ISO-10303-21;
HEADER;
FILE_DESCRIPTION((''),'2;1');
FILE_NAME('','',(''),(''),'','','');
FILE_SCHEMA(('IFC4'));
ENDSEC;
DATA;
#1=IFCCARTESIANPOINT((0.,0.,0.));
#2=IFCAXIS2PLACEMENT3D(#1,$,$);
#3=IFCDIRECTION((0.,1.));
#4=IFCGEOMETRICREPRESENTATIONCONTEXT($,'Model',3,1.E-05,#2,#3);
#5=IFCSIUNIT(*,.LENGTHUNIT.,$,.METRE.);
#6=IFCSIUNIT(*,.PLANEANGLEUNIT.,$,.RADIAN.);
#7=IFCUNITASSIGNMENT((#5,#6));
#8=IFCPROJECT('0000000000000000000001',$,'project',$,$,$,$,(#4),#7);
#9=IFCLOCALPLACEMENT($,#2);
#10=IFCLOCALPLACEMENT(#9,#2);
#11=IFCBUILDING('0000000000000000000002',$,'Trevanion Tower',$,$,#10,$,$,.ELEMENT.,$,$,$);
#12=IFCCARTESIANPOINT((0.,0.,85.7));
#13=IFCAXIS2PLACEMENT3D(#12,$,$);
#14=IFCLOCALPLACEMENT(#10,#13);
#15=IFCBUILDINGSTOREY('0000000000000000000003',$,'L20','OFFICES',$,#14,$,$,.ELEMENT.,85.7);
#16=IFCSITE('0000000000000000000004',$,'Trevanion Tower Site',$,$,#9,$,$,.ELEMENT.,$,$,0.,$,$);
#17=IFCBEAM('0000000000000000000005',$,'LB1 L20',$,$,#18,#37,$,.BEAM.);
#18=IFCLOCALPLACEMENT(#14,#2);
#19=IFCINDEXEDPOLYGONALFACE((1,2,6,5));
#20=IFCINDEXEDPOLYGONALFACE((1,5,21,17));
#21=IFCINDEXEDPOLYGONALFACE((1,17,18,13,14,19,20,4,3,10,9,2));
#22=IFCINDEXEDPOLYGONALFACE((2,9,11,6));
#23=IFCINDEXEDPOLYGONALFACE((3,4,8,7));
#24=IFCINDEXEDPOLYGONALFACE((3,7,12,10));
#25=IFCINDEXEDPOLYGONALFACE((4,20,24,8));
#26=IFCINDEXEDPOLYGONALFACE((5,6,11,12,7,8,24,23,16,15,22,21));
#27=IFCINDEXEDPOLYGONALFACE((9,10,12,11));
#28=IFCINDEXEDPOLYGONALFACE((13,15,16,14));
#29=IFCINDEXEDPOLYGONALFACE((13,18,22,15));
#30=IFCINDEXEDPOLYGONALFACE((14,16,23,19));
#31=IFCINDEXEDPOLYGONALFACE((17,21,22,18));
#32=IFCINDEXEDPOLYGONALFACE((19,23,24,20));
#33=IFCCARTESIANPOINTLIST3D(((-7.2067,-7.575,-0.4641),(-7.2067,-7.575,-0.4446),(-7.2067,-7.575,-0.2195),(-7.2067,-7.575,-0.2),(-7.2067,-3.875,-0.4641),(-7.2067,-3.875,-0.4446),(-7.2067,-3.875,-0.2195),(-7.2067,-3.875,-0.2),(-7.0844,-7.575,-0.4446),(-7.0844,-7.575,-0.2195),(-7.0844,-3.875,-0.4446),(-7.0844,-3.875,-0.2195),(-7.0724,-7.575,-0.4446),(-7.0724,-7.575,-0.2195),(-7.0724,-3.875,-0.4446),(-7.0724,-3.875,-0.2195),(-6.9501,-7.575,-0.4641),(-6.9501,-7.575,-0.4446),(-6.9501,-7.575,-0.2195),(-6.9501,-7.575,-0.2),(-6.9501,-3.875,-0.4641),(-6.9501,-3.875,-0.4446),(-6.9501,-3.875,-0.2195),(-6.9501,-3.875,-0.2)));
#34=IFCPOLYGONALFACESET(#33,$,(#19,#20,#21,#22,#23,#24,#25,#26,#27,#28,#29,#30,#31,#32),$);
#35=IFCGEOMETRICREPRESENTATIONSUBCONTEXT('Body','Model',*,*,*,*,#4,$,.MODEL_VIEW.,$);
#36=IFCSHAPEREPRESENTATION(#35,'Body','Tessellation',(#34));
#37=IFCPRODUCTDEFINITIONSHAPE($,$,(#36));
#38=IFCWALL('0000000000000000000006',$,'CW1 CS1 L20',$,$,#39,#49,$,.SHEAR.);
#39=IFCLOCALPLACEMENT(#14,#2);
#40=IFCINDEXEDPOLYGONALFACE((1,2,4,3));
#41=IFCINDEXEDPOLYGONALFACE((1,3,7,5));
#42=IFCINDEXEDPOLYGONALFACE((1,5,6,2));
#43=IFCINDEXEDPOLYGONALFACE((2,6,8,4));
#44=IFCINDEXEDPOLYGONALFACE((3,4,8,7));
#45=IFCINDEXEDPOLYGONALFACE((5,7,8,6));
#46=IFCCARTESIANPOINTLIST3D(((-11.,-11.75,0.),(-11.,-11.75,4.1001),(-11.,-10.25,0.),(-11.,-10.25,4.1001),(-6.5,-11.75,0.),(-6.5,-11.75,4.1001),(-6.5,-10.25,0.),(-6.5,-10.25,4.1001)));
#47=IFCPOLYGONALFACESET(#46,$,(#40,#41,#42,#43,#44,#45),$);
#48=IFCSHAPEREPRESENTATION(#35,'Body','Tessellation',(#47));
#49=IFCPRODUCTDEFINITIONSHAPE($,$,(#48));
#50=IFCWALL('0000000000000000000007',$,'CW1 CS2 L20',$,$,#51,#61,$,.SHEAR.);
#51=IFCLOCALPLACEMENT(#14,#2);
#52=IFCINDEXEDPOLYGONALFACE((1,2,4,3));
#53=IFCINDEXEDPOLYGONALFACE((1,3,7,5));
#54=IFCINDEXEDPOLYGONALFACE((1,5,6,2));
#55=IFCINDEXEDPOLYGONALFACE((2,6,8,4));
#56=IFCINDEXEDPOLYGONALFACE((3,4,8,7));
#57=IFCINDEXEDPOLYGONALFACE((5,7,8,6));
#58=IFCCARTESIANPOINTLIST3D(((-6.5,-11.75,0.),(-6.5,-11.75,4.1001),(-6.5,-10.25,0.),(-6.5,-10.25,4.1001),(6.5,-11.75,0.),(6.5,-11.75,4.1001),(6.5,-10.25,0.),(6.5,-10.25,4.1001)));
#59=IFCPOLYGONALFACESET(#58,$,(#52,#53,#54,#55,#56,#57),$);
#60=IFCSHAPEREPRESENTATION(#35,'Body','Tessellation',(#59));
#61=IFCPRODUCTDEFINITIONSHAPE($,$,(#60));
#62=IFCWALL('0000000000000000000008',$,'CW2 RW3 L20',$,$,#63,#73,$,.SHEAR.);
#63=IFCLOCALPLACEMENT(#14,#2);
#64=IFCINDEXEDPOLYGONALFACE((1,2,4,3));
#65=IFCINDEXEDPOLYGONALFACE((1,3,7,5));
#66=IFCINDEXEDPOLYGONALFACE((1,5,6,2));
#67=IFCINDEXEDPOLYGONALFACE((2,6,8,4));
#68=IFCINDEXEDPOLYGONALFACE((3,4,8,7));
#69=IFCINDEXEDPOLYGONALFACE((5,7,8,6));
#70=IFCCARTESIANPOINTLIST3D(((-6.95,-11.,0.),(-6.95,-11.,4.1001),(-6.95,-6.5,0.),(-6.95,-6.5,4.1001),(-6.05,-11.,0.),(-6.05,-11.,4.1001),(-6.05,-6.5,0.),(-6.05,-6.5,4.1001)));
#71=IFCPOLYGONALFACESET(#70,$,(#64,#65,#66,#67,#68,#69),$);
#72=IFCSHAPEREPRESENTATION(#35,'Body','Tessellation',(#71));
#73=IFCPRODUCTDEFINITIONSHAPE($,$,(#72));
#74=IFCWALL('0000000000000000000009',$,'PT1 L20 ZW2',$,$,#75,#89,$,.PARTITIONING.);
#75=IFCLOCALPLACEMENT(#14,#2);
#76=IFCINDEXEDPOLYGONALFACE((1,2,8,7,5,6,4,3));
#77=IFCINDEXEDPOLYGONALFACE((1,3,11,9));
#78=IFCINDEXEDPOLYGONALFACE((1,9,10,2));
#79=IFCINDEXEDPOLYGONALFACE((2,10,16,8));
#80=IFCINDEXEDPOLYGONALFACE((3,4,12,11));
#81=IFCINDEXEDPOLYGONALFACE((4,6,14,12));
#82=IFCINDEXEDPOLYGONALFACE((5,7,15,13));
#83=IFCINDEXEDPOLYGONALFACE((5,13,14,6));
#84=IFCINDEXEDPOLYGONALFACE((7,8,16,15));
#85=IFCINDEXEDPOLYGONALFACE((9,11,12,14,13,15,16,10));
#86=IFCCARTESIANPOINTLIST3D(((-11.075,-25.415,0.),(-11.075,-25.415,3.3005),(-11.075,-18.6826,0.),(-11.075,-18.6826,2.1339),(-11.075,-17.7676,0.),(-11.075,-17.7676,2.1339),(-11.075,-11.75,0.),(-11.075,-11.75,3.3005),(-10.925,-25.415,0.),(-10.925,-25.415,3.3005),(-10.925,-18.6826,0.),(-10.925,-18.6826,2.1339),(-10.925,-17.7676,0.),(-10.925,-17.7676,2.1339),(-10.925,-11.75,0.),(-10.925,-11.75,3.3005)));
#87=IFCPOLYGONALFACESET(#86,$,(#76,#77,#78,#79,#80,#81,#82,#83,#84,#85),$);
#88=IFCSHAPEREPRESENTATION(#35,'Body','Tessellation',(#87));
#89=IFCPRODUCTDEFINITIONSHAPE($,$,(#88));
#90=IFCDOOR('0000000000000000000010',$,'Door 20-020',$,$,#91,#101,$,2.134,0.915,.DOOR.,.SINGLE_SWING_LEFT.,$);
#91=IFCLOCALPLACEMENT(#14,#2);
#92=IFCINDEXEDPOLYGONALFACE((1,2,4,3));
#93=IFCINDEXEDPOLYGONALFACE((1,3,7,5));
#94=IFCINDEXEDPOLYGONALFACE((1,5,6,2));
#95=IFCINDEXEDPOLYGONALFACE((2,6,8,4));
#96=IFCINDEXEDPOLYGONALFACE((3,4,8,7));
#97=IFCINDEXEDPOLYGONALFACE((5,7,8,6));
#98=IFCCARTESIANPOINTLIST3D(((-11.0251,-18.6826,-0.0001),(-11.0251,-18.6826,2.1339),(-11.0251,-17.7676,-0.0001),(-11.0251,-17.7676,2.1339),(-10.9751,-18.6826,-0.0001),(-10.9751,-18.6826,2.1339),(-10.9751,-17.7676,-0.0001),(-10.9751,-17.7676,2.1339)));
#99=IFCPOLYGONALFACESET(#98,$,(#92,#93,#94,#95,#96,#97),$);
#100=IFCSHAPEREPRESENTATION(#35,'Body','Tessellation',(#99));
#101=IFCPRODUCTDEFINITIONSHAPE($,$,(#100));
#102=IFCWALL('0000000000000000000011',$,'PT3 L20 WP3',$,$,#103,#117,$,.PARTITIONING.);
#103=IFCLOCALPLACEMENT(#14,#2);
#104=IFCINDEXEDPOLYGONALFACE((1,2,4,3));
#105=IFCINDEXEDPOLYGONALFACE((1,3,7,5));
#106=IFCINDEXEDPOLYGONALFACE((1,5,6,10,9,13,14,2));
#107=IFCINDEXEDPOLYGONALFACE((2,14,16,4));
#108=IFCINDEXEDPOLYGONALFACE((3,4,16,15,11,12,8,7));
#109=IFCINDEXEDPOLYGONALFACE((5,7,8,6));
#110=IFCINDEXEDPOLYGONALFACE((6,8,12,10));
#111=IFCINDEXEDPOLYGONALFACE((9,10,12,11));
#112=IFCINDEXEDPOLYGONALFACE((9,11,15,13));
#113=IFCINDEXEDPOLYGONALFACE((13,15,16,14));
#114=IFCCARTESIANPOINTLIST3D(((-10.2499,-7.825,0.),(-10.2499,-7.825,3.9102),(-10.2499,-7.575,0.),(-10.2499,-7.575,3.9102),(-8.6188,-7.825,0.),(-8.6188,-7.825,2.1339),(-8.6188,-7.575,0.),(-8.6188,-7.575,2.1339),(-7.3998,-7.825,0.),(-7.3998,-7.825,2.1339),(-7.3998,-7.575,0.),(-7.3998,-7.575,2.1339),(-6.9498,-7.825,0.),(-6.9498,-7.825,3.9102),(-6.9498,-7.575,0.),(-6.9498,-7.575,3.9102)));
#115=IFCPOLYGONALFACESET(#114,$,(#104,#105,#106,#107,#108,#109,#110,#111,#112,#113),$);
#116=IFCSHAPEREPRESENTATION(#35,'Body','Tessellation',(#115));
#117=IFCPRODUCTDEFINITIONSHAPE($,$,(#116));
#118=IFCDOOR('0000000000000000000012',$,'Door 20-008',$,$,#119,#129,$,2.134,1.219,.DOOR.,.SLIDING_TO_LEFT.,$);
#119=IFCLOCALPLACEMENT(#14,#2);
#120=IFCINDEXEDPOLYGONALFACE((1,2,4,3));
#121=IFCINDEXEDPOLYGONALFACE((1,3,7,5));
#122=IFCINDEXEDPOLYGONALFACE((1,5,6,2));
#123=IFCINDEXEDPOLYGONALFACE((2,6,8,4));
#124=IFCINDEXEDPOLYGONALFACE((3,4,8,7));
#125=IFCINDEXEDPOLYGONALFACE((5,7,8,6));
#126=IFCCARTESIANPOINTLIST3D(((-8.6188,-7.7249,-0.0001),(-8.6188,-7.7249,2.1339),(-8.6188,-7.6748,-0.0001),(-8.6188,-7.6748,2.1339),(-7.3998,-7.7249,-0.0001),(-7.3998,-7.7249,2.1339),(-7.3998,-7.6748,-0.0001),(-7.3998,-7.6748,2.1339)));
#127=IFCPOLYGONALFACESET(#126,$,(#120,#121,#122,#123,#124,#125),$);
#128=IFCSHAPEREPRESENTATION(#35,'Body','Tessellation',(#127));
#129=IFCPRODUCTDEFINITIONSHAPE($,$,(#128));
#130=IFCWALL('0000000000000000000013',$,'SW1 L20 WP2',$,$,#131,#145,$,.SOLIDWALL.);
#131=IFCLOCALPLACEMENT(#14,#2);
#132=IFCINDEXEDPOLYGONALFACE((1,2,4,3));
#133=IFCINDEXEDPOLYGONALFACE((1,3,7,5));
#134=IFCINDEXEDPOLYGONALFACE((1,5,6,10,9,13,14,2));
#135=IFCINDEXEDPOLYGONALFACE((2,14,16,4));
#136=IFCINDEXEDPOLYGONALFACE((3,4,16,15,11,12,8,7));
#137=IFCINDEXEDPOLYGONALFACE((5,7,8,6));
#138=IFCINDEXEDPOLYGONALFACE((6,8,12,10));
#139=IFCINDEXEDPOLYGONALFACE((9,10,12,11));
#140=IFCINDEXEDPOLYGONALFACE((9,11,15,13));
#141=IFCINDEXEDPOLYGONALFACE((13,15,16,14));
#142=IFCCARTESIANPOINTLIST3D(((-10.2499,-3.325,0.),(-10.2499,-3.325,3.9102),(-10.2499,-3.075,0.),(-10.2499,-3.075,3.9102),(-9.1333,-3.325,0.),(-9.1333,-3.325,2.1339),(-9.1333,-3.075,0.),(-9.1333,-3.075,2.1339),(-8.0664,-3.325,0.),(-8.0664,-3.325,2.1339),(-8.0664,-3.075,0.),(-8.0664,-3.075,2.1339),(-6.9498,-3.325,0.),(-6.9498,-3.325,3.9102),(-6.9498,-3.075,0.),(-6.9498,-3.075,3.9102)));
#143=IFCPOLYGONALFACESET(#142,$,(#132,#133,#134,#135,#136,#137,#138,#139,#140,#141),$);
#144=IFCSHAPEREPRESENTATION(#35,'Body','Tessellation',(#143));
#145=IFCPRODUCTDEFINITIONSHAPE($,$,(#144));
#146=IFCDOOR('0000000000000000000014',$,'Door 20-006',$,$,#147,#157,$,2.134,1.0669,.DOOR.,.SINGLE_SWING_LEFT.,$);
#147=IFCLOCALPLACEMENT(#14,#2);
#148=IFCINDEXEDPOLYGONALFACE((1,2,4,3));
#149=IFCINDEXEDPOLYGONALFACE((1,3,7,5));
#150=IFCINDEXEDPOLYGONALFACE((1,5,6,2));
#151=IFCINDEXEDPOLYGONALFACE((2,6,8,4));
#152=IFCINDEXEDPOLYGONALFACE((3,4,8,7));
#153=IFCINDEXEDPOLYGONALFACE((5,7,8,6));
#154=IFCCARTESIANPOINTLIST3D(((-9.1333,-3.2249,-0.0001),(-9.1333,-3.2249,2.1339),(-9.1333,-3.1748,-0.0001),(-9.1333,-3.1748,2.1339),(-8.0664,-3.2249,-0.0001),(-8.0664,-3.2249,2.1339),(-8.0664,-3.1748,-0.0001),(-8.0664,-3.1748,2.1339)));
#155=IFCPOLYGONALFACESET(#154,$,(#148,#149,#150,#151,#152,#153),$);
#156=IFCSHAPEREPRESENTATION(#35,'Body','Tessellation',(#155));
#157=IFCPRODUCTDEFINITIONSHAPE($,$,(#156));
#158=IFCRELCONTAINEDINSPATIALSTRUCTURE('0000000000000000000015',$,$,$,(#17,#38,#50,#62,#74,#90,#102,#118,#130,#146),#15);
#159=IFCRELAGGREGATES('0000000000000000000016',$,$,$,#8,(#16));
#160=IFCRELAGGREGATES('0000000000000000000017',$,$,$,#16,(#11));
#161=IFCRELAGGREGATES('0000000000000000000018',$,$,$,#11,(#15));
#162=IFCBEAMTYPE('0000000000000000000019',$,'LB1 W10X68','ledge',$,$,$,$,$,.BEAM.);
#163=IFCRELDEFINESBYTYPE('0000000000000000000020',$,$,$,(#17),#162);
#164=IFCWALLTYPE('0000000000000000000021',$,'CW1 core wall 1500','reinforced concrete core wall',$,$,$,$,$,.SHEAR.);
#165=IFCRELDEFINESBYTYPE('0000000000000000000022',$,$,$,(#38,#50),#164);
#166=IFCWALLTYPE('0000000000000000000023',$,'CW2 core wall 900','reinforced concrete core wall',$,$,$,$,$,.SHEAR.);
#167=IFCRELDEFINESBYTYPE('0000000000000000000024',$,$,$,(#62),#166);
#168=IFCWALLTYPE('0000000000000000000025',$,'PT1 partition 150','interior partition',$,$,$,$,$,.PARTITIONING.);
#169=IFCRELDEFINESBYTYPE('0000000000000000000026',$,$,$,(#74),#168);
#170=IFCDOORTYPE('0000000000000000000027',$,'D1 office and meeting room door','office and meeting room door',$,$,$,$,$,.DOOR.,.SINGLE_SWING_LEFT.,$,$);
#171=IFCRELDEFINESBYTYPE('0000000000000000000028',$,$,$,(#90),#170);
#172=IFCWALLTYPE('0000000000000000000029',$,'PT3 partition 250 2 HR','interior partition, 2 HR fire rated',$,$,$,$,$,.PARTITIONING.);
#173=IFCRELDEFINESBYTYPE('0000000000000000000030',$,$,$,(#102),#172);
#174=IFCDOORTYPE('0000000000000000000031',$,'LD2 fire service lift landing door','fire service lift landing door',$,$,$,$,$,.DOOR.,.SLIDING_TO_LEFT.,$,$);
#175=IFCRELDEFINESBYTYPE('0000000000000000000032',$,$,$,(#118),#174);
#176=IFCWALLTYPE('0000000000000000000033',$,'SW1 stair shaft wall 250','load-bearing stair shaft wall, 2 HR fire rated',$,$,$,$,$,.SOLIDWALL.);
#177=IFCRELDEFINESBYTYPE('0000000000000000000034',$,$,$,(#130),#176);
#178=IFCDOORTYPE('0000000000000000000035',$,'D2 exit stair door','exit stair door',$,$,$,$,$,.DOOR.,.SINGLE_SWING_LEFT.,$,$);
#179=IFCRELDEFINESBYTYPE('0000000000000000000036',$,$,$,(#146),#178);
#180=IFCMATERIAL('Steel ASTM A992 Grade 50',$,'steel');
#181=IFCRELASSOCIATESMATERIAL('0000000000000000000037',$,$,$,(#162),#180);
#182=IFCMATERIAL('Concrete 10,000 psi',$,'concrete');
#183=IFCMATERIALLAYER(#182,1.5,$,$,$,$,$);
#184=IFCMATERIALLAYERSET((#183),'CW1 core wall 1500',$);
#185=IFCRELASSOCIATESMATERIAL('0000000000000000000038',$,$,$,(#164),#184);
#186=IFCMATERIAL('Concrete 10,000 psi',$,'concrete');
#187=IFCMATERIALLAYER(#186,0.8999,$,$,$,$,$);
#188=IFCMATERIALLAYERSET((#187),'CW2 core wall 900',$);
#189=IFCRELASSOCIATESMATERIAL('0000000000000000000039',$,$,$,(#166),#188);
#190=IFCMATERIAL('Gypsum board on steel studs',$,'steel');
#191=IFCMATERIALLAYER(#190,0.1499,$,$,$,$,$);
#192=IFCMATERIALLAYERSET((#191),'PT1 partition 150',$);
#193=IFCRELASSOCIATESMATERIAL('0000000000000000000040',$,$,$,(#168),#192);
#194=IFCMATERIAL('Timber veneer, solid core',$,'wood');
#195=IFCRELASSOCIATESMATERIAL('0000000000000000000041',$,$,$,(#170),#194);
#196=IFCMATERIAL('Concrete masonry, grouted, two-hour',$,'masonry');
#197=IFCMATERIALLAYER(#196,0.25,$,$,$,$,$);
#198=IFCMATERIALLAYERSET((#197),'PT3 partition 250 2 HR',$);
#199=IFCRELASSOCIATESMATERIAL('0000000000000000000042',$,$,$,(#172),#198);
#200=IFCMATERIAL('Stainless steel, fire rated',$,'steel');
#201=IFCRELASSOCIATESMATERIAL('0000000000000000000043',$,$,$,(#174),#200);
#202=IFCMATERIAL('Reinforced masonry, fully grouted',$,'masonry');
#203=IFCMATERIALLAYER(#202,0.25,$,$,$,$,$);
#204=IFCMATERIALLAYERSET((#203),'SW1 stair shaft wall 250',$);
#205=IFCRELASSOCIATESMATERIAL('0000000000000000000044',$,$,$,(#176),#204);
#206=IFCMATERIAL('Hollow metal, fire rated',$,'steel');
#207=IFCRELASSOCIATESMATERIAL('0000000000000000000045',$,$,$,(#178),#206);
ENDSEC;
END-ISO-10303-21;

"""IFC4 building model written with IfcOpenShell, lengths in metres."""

from ifc_helpers import new_model, si_unit, direction, frame, frame_2d, origin, origin_2d, place, context, subcontext, project, spatial, rectangle, i_section, extrude, material, layer, layer_set, material_profile, profile_set, type_object, element, fill, save


model = new_model("IFC4")

# Units and contexts
model_context = context("Model", 3, precision=1e-05, world=origin(), true_north=direction((0.0, 1.0)))
body_context = subcontext(model_context, "Body", "Model", "MODEL_VIEW")
ifc_project = project(units=[si_unit("LENGTHUNIT", "METRE"), si_unit("PLANEANGLEUNIT", "RADIAN")], contexts=[model_context])

# Site, building, storey
site_placement = place(None, origin())
site = spatial("IfcSite", under=ifc_project, at=site_placement, Name="Trevanion Tower Site", CompositionType="ELEMENT", RefElevation=0.0)
building_placement = place(site_placement, origin())
building = spatial("IfcBuilding", under=site, at=building_placement, Name="Trevanion Tower", CompositionType="ELEMENT")
storey_placement = place(building_placement, frame((0.0, 0.0, 85.7)))
storey = spatial("IfcBuildingStorey", under=building, at=storey_placement, Name="L20", Description="OFFICES", CompositionType="ELEMENT", Elevation=85.7)

# Beam
ifc_material_1 = material(Name="Steel ASTM A992 Grade 50", Category="steel")
ifc_material_profile_1 = material_profile(ifc_material_1, i_section(OverallWidth=0.2566, OverallDepth=0.2642, WebThickness=0.012, FlangeThickness=0.0195, at=origin_2d()), Name="W10X68")
ifc_profile_set_1 = profile_set([ifc_material_profile_1], Name="Steel ASTM A992 Grade 50")
beam_type_1 = type_object("IfcBeamType", Name="LB1 W10X68", Description="ledge", PredefinedType="BEAM", material=ifc_profile_set_1)
for number, where, z_axis, x_axis, name in (
    (1, (-7.0784, -7.575, -0.332), (0.0, 1.0, 0.0), (-1.0, 0.0, 0.0), "LB1 L20"),
):
    element("IfcBeam", number, at=place(storey_placement, frame(where, z_axis=z_axis, x_axis=x_axis)), inside=storey, type_object=beam_type_1, Name=name, PredefinedType="BEAM", context=body_context, shape_type="SweptSolid", body=[
        extrude(i_section(OverallWidth=0.2566, OverallDepth=0.2642, WebThickness=0.012, FlangeThickness=0.0195, at=origin_2d()), origin(), (0.0, 0.0, 1.0), 3.7),
    ])

# Walls
ifc_material_2 = material(Name="Concrete 10,000 psi", Category="concrete")
ifc_layer_1 = layer(ifc_material_2, 1.5)
ifc_layer_set_1 = layer_set([ifc_layer_1], Name="CW1 core wall 1500")
wall_type_1 = type_object("IfcWallType", Name="CW1 core wall 1500", Description="reinforced concrete core wall", PredefinedType="SHEAR", material=ifc_layer_set_1)
wall_1_placement = place(storey_placement, frame((-11.0, -11.0, 0.0), z_axis=(0.0, 0.0, 1.0), x_axis=(1.0, 0.0, 0.0)))
element("IfcWall", 2, at=wall_1_placement, inside=storey, type_object=wall_type_1, Name="CW1 CS1 L20", PredefinedType="SHEAR", context=body_context, shape_type="SweptSolid", body=[
    extrude(rectangle(XDim=4.5, YDim=1.5, at=frame_2d((2.25, 0.0))), origin(), (0.0, 0.0, 1.0), 4.1001),
])
wall_2_placement = place(storey_placement, frame((-6.5, -11.0, 0.0), z_axis=(0.0, 0.0, 1.0), x_axis=(1.0, 0.0, 0.0)))
element("IfcWall", 3, at=wall_2_placement, inside=storey, type_object=wall_type_1, Name="CW1 CS2 L20", PredefinedType="SHEAR", context=body_context, shape_type="SweptSolid", body=[
    extrude(rectangle(XDim=13.0, YDim=1.5, at=frame_2d((6.5, 0.0))), origin(), (0.0, 0.0, 1.0), 4.1001),
])
ifc_material_3 = material(Name="Concrete 10,000 psi", Category="concrete")
ifc_layer_2 = layer(ifc_material_3, 0.8999)
ifc_layer_set_2 = layer_set([ifc_layer_2], Name="CW2 core wall 900")
wall_type_2 = type_object("IfcWallType", Name="CW2 core wall 900", Description="reinforced concrete core wall", PredefinedType="SHEAR", material=ifc_layer_set_2)
wall_3_placement = place(storey_placement, frame((-6.5, -6.5, 0.0), z_axis=(0.0, 0.0, 1.0), x_axis=(0.0, -1.0, 0.0)))
element("IfcWall", 4, at=wall_3_placement, inside=storey, type_object=wall_type_2, Name="CW2 RW3 L20", PredefinedType="SHEAR", context=body_context, shape_type="SweptSolid", body=[
    extrude(rectangle(XDim=4.5, YDim=0.8999, at=frame_2d((2.25, 0.0))), origin(), (0.0, 0.0, 1.0), 4.1001),
])

# Walls, openings, doors
ifc_material_4 = material(Name="Gypsum board on steel studs", Category="steel")
ifc_layer_3 = layer(ifc_material_4, 0.1499)
ifc_layer_set_3 = layer_set([ifc_layer_3], Name="PT1 partition 150")
wall_type_3 = type_object("IfcWallType", Name="PT1 partition 150", Description="interior partition", PredefinedType="PARTITIONING", material=ifc_layer_set_3)
wall_4_placement = place(storey_placement, frame((-11.0, -11.75, 0.0), z_axis=(0.0, 0.0, 1.0), x_axis=(0.0, -1.0, 0.0)))
wall_4 = element("IfcWall", 5, at=wall_4_placement, inside=storey, type_object=wall_type_3, Name="PT1 L20 ZW2", PredefinedType="PARTITIONING", context=body_context, shape_type="SweptSolid", body=[
    extrude(rectangle(XDim=13.665, YDim=0.1499, at=frame_2d((6.8325, 0.0))), origin(), (0.0, 0.0, 1.0), 3.3005),
])
opening_1_placement = place(wall_4_placement, frame((6.0176, 0.0, 0.0)))
opening_1 = element("IfcOpeningElement", 6, at=opening_1_placement, cuts=wall_4, PredefinedType="OPENING", context=body_context, shape_type="SweptSolid", body=[
    extrude(rectangle(XDim=0.915, YDim=2.134, at=frame_2d((0.4575, 1.0669))), frame((0.0, 0.085, 0.0), z_axis=(0.0, -1.0, 0.0), x_axis=(1.0, 0.0, 0.0)), (0.0, 0.0, 1.0), 0.1699),
])
ifc_material_5 = material(Name="Timber veneer, solid core", Category="wood")
door_type_1 = type_object("IfcDoorType", Name="D1 office and meeting room door", Description="office and meeting room door", OperationType="SINGLE_SWING_LEFT", PredefinedType="DOOR", material=ifc_material_5)
door_1_placement = place(opening_1_placement, origin())
door_1 = element("IfcDoor", 7, at=door_1_placement, inside=storey, type_object=door_type_1, Name="Door 20-020", OperationType="SINGLE_SWING_LEFT", OverallHeight=2.134, OverallWidth=0.915, PredefinedType="DOOR", context=body_context, shape_type="SweptSolid", body=[
    extrude(rectangle(XDim=0.915, YDim=2.134, at=frame_2d((0.4575, 1.0669))), frame((0.0, 0.0249, 0.0), z_axis=(0.0, -1.0, 0.0), x_axis=(1.0, 0.0, 0.0)), (0.0, 0.0, 1.0), 0.05),
])
fill(opening_1, door_1)
ifc_material_6 = material(Name="Concrete masonry, grouted, two-hour", Category="masonry")
ifc_layer_4 = layer(ifc_material_6, 0.25)
ifc_layer_set_4 = layer_set([ifc_layer_4], Name="PT3 partition 250 2 HR")
wall_type_4 = type_object("IfcWallType", Name="PT3 partition 250 2 HR", Description="interior partition, 2 HR fire rated", PredefinedType="PARTITIONING", material=ifc_layer_set_4)
wall_5_placement = place(storey_placement, frame((-6.95, -7.7, 0.0), z_axis=(0.0, 0.0, 1.0), x_axis=(-1.0, 0.0, 0.0)))
wall_5 = element("IfcWall", 8, at=wall_5_placement, inside=storey, type_object=wall_type_4, Name="PT3 L20 WP3", PredefinedType="PARTITIONING", context=body_context, shape_type="SweptSolid", body=[
    extrude(rectangle(XDim=3.3, YDim=0.25, at=frame_2d((1.6499, 0.0))), origin(), (0.0, 0.0, 1.0), 3.9102),
])
opening_2_placement = place(wall_5_placement, frame((0.45, 0.0, 0.0)))
opening_2 = element("IfcOpeningElement", 9, at=opening_2_placement, cuts=wall_5, PredefinedType="OPENING", context=body_context, shape_type="SweptSolid", body=[
    extrude(rectangle(XDim=1.219, YDim=2.134, at=frame_2d((0.6094, 1.0669))), frame((0.0, 0.135, 0.0), z_axis=(0.0, -1.0, 0.0), x_axis=(1.0, 0.0, 0.0)), (0.0, 0.0, 1.0), 0.27),
])
ifc_material_7 = material(Name="Stainless steel, fire rated", Category="steel")
door_type_2 = type_object("IfcDoorType", Name="LD2 fire service lift landing door", Description="fire service lift landing door", OperationType="SLIDING_TO_LEFT", PredefinedType="DOOR", material=ifc_material_7)
door_2_placement = place(opening_2_placement, origin())
door_2 = element("IfcDoor", 10, at=door_2_placement, inside=storey, type_object=door_type_2, Name="Door 20-008", OperationType="SLIDING_TO_LEFT", OverallHeight=2.134, OverallWidth=1.219, PredefinedType="DOOR", context=body_context, shape_type="SweptSolid", body=[
    extrude(rectangle(XDim=1.219, YDim=2.134, at=frame_2d((0.6094, 1.0669))), frame((0.0, 0.0249, 0.0), z_axis=(0.0, -1.0, 0.0), x_axis=(1.0, 0.0, 0.0)), (0.0, 0.0, 1.0), 0.05),
])
fill(opening_2, door_2)
ifc_material_8 = material(Name="Reinforced masonry, fully grouted", Category="masonry")
ifc_layer_5 = layer(ifc_material_8, 0.25)
ifc_layer_set_5 = layer_set([ifc_layer_5], Name="SW1 stair shaft wall 250")
wall_type_5 = type_object("IfcWallType", Name="SW1 stair shaft wall 250", Description="load-bearing stair shaft wall, 2 HR fire rated", PredefinedType="SOLIDWALL", material=ifc_layer_set_5)
wall_6_placement = place(storey_placement, frame((-6.95, -3.2, 0.0), z_axis=(0.0, 0.0, 1.0), x_axis=(-1.0, 0.0, 0.0)))
wall_6 = element("IfcWall", 11, at=wall_6_placement, inside=storey, type_object=wall_type_5, Name="SW1 L20 WP2", PredefinedType="SOLIDWALL", context=body_context, shape_type="SweptSolid", body=[
    extrude(rectangle(XDim=3.3, YDim=0.25, at=frame_2d((1.6499, 0.0))), origin(), (0.0, 0.0, 1.0), 3.9102),
])
opening_3_placement = place(wall_6_placement, frame((1.1165, 0.0, 0.0)))
opening_3 = element("IfcOpeningElement", 12, at=opening_3_placement, cuts=wall_6, PredefinedType="OPENING", context=body_context, shape_type="SweptSolid", body=[
    extrude(rectangle(XDim=1.0669, YDim=2.134, at=frame_2d((0.5334, 1.0669))), frame((0.0, 0.135, 0.0), z_axis=(0.0, -1.0, 0.0), x_axis=(1.0, 0.0, 0.0)), (0.0, 0.0, 1.0), 0.27),
])
ifc_material_9 = material(Name="Hollow metal, fire rated", Category="steel")
door_type_3 = type_object("IfcDoorType", Name="D2 exit stair door", Description="exit stair door", OperationType="SINGLE_SWING_LEFT", PredefinedType="DOOR", material=ifc_material_9)
door_3_placement = place(opening_3_placement, origin())
door_3 = element("IfcDoor", 13, at=door_3_placement, inside=storey, type_object=door_type_3, Name="Door 20-006", OperationType="SINGLE_SWING_LEFT", OverallHeight=2.134, OverallWidth=1.0669, PredefinedType="DOOR", context=body_context, shape_type="SweptSolid", body=[
    extrude(rectangle(XDim=1.0669, YDim=2.134, at=frame_2d((0.5334, 1.0669))), frame((0.0, 0.0249, 0.0), z_axis=(0.0, -1.0, 0.0), x_axis=(1.0, 0.0, 0.0)), (0.0, 0.0, 1.0), 0.05),
])
fill(opening_3, door_3)

save(model, "model.ifc")
